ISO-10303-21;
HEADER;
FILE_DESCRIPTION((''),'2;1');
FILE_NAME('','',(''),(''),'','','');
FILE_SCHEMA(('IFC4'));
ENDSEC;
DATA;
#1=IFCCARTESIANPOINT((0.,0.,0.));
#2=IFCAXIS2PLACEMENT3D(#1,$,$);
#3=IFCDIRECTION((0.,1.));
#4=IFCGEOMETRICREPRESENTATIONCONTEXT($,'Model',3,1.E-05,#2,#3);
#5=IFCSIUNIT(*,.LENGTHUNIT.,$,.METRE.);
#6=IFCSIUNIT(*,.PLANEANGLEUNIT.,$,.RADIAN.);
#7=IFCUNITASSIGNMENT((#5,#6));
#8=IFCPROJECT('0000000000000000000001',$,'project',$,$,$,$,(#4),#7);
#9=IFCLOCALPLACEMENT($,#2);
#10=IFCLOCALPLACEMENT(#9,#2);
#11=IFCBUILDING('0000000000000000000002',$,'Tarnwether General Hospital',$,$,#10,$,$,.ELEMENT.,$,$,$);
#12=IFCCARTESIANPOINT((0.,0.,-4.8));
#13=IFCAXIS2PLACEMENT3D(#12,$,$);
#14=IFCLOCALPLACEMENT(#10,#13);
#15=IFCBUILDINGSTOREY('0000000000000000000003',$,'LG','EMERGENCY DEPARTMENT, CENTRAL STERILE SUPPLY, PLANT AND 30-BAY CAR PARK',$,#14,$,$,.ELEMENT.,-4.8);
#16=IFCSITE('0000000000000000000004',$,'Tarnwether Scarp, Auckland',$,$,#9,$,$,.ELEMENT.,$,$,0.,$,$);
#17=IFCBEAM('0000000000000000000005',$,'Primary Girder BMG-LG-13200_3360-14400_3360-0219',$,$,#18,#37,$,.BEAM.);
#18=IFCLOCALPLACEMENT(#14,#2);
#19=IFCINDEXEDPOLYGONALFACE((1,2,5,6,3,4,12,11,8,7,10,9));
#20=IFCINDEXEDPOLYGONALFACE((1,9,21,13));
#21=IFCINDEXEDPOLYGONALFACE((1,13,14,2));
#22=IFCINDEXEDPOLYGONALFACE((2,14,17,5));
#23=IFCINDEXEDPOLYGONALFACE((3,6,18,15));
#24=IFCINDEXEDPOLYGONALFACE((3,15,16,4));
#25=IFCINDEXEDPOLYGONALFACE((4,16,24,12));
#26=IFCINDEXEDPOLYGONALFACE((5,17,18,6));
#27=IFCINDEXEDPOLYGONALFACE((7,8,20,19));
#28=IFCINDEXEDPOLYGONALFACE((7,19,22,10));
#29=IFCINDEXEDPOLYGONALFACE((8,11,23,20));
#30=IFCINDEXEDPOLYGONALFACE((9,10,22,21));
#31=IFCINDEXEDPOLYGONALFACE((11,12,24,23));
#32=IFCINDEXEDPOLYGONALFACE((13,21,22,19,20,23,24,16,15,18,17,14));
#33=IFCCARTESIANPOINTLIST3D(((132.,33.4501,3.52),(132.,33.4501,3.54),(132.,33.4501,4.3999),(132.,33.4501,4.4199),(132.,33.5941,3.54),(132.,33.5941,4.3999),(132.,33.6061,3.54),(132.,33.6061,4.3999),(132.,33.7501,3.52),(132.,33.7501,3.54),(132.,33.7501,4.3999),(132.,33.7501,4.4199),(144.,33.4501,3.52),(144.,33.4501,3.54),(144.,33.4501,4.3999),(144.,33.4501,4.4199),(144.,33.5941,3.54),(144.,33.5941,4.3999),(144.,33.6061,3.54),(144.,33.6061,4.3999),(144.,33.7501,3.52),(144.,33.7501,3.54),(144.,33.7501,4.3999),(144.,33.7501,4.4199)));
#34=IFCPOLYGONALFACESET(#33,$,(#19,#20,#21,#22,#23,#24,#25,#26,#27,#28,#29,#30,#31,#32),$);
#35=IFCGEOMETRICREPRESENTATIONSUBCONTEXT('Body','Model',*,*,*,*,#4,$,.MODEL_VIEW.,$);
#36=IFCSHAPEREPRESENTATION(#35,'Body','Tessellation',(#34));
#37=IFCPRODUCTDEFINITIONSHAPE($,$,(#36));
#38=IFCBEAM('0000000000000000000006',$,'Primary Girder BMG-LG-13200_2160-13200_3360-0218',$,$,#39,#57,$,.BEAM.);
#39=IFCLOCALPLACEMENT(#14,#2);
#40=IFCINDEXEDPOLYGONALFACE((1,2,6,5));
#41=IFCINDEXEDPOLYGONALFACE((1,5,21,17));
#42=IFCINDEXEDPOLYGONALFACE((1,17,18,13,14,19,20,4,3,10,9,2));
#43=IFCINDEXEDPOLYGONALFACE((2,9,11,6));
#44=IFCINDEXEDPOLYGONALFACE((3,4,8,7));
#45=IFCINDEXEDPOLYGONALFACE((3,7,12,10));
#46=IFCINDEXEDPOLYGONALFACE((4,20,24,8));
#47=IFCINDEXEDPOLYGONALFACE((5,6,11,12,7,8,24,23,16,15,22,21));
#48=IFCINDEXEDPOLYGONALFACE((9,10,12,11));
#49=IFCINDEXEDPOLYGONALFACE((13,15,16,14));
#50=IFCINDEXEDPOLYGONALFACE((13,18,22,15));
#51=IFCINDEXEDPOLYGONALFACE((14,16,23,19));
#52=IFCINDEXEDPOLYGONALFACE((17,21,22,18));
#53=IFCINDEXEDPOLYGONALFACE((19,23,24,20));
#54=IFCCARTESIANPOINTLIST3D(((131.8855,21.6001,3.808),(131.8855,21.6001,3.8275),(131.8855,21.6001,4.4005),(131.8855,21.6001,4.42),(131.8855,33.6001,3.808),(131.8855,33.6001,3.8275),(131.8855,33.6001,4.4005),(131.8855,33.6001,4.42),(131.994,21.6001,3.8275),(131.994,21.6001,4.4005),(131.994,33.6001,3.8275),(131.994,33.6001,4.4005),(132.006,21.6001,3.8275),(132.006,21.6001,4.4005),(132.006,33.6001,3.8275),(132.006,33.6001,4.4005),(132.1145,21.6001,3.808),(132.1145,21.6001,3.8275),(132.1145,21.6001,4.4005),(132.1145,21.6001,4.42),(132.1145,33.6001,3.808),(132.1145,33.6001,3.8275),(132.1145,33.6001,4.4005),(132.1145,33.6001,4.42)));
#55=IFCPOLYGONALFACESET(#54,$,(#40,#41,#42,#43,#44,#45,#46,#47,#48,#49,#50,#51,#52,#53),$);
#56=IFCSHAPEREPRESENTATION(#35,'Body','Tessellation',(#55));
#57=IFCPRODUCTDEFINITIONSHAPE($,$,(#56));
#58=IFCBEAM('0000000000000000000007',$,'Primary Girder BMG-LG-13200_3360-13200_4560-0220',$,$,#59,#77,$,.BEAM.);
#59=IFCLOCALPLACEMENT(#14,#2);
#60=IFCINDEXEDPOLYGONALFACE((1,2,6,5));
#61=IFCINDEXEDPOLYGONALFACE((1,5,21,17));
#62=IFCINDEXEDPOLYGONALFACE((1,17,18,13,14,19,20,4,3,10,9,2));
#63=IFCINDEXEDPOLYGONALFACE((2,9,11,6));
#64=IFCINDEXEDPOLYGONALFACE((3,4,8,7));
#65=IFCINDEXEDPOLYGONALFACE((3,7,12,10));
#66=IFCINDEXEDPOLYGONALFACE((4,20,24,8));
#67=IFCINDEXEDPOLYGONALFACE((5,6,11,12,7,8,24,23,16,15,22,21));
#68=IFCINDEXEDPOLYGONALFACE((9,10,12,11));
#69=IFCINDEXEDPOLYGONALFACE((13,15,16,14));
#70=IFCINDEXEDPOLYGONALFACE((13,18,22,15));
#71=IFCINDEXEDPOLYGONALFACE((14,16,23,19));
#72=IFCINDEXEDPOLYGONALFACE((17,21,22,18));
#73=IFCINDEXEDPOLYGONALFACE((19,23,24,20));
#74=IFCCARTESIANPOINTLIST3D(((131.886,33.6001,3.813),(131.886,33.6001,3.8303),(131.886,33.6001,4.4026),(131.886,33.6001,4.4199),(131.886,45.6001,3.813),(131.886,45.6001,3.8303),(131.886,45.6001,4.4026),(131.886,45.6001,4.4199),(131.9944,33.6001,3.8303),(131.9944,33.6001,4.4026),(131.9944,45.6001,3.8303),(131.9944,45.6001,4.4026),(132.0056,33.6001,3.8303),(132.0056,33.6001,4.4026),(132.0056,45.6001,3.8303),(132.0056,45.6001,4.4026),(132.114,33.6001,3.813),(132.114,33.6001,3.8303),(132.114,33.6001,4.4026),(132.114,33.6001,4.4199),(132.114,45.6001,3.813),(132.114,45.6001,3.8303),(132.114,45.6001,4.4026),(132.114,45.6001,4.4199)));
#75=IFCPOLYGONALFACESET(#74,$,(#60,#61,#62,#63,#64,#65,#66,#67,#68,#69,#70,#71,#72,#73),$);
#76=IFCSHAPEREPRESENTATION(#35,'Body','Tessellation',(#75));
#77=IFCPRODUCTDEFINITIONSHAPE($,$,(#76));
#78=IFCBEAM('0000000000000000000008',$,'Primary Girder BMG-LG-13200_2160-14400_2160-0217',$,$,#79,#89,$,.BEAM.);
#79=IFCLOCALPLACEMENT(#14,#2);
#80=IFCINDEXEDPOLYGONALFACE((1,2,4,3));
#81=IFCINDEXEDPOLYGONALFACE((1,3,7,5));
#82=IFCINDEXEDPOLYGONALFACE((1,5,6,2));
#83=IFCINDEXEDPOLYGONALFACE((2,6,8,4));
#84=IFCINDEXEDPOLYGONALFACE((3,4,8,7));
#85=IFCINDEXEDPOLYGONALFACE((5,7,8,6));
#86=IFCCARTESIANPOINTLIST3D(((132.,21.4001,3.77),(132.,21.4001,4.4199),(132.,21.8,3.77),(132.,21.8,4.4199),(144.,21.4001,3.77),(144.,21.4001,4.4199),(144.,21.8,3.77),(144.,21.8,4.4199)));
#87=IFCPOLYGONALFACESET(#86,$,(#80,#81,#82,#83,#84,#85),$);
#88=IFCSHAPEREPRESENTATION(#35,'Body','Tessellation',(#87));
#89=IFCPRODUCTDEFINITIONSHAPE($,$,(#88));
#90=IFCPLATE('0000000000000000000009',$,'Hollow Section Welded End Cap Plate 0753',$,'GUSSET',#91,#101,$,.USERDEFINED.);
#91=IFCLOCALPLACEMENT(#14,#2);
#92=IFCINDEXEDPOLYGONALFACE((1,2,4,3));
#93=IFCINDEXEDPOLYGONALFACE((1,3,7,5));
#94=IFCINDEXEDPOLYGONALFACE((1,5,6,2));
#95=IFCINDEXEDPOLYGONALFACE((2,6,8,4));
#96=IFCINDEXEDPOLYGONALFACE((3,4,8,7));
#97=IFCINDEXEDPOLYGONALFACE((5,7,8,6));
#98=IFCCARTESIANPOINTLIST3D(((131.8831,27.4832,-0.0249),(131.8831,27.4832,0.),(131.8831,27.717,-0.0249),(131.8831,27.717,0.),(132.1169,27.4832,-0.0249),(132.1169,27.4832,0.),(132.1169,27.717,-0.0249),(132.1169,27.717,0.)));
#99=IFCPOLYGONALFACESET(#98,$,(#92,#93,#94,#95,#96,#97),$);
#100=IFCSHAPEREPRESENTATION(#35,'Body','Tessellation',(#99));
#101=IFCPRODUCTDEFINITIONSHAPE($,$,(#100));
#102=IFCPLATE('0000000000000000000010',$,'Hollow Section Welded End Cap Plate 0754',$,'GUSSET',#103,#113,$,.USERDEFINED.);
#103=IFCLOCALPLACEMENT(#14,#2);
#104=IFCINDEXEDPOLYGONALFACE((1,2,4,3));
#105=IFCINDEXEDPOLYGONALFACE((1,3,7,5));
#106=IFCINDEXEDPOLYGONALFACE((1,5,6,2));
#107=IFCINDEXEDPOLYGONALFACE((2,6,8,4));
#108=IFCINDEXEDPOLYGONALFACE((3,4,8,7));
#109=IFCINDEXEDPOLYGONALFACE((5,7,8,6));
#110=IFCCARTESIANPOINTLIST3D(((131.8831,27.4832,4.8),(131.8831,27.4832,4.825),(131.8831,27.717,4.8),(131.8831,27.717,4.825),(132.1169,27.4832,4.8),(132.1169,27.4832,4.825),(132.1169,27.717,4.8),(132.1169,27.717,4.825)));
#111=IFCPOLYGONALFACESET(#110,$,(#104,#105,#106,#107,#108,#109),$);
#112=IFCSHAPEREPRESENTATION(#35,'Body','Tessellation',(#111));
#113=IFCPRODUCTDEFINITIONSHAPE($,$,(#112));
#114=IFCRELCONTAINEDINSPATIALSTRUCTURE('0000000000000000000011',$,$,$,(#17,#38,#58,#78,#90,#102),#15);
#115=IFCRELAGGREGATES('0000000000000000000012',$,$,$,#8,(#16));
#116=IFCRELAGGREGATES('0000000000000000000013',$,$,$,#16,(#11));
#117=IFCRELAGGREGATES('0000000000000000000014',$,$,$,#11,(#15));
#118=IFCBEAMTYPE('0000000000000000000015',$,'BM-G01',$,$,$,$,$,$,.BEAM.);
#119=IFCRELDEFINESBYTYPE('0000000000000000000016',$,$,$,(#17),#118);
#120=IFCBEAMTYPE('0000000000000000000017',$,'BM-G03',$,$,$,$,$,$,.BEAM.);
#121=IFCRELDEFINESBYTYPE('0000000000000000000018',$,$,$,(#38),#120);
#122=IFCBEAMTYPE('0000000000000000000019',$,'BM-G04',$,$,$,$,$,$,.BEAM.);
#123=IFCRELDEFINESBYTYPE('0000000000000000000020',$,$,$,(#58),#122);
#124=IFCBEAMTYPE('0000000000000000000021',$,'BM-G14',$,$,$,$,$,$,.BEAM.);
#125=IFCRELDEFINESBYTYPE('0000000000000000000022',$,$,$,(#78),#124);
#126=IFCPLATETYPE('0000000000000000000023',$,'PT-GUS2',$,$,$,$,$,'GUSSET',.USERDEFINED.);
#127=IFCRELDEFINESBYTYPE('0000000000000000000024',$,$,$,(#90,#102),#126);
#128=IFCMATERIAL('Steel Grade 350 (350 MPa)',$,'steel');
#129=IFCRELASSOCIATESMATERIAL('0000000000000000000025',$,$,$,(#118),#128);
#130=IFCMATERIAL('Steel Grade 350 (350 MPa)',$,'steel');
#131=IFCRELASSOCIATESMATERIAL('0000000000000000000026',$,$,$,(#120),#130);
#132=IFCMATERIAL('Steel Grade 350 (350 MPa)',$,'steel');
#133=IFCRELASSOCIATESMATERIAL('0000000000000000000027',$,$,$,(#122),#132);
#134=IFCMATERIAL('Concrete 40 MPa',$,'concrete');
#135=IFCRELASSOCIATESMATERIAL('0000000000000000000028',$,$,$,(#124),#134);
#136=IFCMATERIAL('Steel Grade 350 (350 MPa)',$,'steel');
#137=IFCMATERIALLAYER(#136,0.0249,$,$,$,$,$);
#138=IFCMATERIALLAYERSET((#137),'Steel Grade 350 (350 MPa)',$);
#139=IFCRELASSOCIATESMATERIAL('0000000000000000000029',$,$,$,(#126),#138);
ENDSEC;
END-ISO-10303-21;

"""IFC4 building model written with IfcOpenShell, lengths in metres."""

from ifc_helpers import new_model, si_unit, direction, frame, origin, origin_2d, place, context, subcontext, project, spatial, rectangle, i_section, extrude, material, layer, layer_set, material_profile, profile_set, type_object, element, save


model = new_model("IFC4")

# Units and contexts
model_context = context("Model", 3, precision=1e-05, world=origin(), true_north=direction((0.0, 1.0)))
body_context = subcontext(model_context, "Body", "Model", "MODEL_VIEW")
ifc_project = project(units=[si_unit("LENGTHUNIT", "METRE"), si_unit("PLANEANGLEUNIT", "RADIAN")], contexts=[model_context])

# Site, building, storey
site_placement = place(None, origin())
site = spatial("IfcSite", under=ifc_project, at=site_placement, Name="Tarnwether Scarp, Auckland", CompositionType="ELEMENT", RefElevation=0.0)
building_placement = place(site_placement, origin())
building = spatial("IfcBuilding", under=site, at=building_placement, Name="Tarnwether General Hospital", CompositionType="ELEMENT")
storey_placement = place(building_placement, frame((0.0, 0.0, -4.8)))
storey = spatial("IfcBuildingStorey", under=building, at=storey_placement, Name="LG", Description="EMERGENCY DEPARTMENT, CENTRAL STERILE SUPPLY, PLANT AND 30-BAY CAR PARK", CompositionType="ELEMENT", Elevation=-4.8)

# Beams
ifc_material_1 = material(Name="Steel Grade 350 (350 MPa)", Category="steel")
ifc_material_profile_1 = material_profile(ifc_material_1, i_section(OverallWidth=0.3, OverallDepth=0.8999, WebThickness=0.012, FlangeThickness=0.02, at=origin_2d()), Name="900WB175")
ifc_profile_set_1 = profile_set([ifc_material_profile_1], Name="Steel Grade 350 (350 MPa)")
beam_type_1 = type_object("IfcBeamType", Name="BM-G01", PredefinedType="BEAM", material=ifc_profile_set_1)
beam_1_placement = place(storey_placement, frame((132.0, 33.6001, 3.97), z_axis=(1.0, 0.0, 0.0), x_axis=(0.0, 1.0, 0.0)))
element("IfcBeam", 1, at=beam_1_placement, inside=storey, type_object=beam_type_1, Name="Primary Girder BMG-LG-13200_3360-14400_3360-0219", PredefinedType="BEAM", context=body_context, shape_type="SweptSolid", body=[
    extrude(i_section(OverallWidth=0.3, OverallDepth=0.8999, WebThickness=0.012, FlangeThickness=0.02, at=origin_2d()), origin(), (0.0, 0.0, 1.0), 12.0),
])
ifc_material_2 = material(Name="Steel Grade 350 (350 MPa)", Category="steel")
ifc_material_profile_2 = material_profile(ifc_material_2, i_section(OverallWidth=0.229, OverallDepth=0.6121, WebThickness=0.012, FlangeThickness=0.0195, at=origin_2d()), Name="610UB125")
ifc_profile_set_2 = profile_set([ifc_material_profile_2], Name="Steel Grade 350 (350 MPa)")
beam_type_2 = type_object("IfcBeamType", Name="BM-G03", PredefinedType="BEAM", material=ifc_profile_set_2)
beam_2_placement = place(storey_placement, frame((132.0, 21.6001, 4.114), z_axis=(0.0, 1.0, 0.0), x_axis=(-1.0, 0.0, 0.0)))
element("IfcBeam", 2, at=beam_2_placement, inside=storey, type_object=beam_type_2, Name="Primary Girder BMG-LG-13200_2160-13200_3360-0218", PredefinedType="BEAM", context=body_context, shape_type="SweptSolid", body=[
    extrude(i_section(OverallWidth=0.229, OverallDepth=0.6121, WebThickness=0.012, FlangeThickness=0.0195, at=origin_2d()), origin(), (0.0, 0.0, 1.0), 12.0),
])
ifc_material_3 = material(Name="Steel Grade 350 (350 MPa)", Category="steel")
ifc_material_profile_3 = material_profile(ifc_material_3, i_section(OverallWidth=0.228, OverallDepth=0.6069, WebThickness=0.0112, FlangeThickness=0.0173, at=origin_2d()), Name="610UB113")
ifc_profile_set_3 = profile_set([ifc_material_profile_3], Name="Steel Grade 350 (350 MPa)")
beam_type_3 = type_object("IfcBeamType", Name="BM-G04", PredefinedType="BEAM", material=ifc_profile_set_3)
beam_3_placement = place(storey_placement, frame((132.0, 33.6001, 4.1165), z_axis=(0.0, 1.0, 0.0), x_axis=(-1.0, 0.0, 0.0)))
element("IfcBeam", 3, at=beam_3_placement, inside=storey, type_object=beam_type_3, Name="Primary Girder BMG-LG-13200_3360-13200_4560-0220", PredefinedType="BEAM", context=body_context, shape_type="SweptSolid", body=[
    extrude(i_section(OverallWidth=0.228, OverallDepth=0.6069, WebThickness=0.0112, FlangeThickness=0.0173, at=origin_2d()), origin(), (0.0, 0.0, 1.0), 12.0),
])
ifc_material_4 = material(Name="Concrete 40 MPa", Category="concrete")
ifc_material_profile_4 = material_profile(ifc_material_4, rectangle(XDim=0.3999, YDim=0.6499, at=origin_2d()), Name="RC-BM-400x650")
ifc_profile_set_4 = profile_set([ifc_material_profile_4], Name="Concrete 40 MPa")
beam_type_4 = type_object("IfcBeamType", Name="BM-G14", PredefinedType="BEAM", material=ifc_profile_set_4)
beam_4_placement = place(storey_placement, frame((132.0, 21.6001, 4.095), z_axis=(1.0, 0.0, 0.0), x_axis=(0.0, 1.0, 0.0)))
element("IfcBeam", 4, at=beam_4_placement, inside=storey, type_object=beam_type_4, Name="Primary Girder BMG-LG-13200_2160-14400_2160-0217", PredefinedType="BEAM", context=body_context, shape_type="SweptSolid", body=[
    extrude(rectangle(XDim=0.3999, YDim=0.6499, at=origin_2d()), origin(), (0.0, 0.0, 1.0), 12.0),
])

# Plates
ifc_material_5 = material(Name="Steel Grade 350 (350 MPa)", Category="steel")
ifc_layer = layer(ifc_material_5, 0.0249)
ifc_layer_set = layer_set([ifc_layer], Name="Steel Grade 350 (350 MPa)")
plate_type = type_object("IfcPlateType", Name="PT-GUS2", ElementType="GUSSET", PredefinedType="USERDEFINED", material=ifc_layer_set)
for number, where, z_axis, x_axis, name in (
    (5, (132.0, 27.6001, -0.0249), (0.0, 0.0, 1.0), (1.0, 0.0, 0.0), "Hollow Section Welded End Cap Plate 0753"),
    (6, (132.0, 27.6001, 4.8), (0.0, 0.0, 1.0), (1.0, 0.0, 0.0), "Hollow Section Welded End Cap Plate 0754"),
):
    element("IfcPlate", number, at=place(storey_placement, frame(where, z_axis=z_axis, x_axis=x_axis)), inside=storey, type_object=plate_type, Name=name, ObjectType="GUSSET", PredefinedType="USERDEFINED", context=body_context, shape_type="SweptSolid", body=[
        extrude(rectangle(XDim=0.2339, YDim=0.2339, at=origin_2d()), origin(), (0.0, 0.0, 1.0), 0.0249),
    ])

save(model, "model.ifc")
